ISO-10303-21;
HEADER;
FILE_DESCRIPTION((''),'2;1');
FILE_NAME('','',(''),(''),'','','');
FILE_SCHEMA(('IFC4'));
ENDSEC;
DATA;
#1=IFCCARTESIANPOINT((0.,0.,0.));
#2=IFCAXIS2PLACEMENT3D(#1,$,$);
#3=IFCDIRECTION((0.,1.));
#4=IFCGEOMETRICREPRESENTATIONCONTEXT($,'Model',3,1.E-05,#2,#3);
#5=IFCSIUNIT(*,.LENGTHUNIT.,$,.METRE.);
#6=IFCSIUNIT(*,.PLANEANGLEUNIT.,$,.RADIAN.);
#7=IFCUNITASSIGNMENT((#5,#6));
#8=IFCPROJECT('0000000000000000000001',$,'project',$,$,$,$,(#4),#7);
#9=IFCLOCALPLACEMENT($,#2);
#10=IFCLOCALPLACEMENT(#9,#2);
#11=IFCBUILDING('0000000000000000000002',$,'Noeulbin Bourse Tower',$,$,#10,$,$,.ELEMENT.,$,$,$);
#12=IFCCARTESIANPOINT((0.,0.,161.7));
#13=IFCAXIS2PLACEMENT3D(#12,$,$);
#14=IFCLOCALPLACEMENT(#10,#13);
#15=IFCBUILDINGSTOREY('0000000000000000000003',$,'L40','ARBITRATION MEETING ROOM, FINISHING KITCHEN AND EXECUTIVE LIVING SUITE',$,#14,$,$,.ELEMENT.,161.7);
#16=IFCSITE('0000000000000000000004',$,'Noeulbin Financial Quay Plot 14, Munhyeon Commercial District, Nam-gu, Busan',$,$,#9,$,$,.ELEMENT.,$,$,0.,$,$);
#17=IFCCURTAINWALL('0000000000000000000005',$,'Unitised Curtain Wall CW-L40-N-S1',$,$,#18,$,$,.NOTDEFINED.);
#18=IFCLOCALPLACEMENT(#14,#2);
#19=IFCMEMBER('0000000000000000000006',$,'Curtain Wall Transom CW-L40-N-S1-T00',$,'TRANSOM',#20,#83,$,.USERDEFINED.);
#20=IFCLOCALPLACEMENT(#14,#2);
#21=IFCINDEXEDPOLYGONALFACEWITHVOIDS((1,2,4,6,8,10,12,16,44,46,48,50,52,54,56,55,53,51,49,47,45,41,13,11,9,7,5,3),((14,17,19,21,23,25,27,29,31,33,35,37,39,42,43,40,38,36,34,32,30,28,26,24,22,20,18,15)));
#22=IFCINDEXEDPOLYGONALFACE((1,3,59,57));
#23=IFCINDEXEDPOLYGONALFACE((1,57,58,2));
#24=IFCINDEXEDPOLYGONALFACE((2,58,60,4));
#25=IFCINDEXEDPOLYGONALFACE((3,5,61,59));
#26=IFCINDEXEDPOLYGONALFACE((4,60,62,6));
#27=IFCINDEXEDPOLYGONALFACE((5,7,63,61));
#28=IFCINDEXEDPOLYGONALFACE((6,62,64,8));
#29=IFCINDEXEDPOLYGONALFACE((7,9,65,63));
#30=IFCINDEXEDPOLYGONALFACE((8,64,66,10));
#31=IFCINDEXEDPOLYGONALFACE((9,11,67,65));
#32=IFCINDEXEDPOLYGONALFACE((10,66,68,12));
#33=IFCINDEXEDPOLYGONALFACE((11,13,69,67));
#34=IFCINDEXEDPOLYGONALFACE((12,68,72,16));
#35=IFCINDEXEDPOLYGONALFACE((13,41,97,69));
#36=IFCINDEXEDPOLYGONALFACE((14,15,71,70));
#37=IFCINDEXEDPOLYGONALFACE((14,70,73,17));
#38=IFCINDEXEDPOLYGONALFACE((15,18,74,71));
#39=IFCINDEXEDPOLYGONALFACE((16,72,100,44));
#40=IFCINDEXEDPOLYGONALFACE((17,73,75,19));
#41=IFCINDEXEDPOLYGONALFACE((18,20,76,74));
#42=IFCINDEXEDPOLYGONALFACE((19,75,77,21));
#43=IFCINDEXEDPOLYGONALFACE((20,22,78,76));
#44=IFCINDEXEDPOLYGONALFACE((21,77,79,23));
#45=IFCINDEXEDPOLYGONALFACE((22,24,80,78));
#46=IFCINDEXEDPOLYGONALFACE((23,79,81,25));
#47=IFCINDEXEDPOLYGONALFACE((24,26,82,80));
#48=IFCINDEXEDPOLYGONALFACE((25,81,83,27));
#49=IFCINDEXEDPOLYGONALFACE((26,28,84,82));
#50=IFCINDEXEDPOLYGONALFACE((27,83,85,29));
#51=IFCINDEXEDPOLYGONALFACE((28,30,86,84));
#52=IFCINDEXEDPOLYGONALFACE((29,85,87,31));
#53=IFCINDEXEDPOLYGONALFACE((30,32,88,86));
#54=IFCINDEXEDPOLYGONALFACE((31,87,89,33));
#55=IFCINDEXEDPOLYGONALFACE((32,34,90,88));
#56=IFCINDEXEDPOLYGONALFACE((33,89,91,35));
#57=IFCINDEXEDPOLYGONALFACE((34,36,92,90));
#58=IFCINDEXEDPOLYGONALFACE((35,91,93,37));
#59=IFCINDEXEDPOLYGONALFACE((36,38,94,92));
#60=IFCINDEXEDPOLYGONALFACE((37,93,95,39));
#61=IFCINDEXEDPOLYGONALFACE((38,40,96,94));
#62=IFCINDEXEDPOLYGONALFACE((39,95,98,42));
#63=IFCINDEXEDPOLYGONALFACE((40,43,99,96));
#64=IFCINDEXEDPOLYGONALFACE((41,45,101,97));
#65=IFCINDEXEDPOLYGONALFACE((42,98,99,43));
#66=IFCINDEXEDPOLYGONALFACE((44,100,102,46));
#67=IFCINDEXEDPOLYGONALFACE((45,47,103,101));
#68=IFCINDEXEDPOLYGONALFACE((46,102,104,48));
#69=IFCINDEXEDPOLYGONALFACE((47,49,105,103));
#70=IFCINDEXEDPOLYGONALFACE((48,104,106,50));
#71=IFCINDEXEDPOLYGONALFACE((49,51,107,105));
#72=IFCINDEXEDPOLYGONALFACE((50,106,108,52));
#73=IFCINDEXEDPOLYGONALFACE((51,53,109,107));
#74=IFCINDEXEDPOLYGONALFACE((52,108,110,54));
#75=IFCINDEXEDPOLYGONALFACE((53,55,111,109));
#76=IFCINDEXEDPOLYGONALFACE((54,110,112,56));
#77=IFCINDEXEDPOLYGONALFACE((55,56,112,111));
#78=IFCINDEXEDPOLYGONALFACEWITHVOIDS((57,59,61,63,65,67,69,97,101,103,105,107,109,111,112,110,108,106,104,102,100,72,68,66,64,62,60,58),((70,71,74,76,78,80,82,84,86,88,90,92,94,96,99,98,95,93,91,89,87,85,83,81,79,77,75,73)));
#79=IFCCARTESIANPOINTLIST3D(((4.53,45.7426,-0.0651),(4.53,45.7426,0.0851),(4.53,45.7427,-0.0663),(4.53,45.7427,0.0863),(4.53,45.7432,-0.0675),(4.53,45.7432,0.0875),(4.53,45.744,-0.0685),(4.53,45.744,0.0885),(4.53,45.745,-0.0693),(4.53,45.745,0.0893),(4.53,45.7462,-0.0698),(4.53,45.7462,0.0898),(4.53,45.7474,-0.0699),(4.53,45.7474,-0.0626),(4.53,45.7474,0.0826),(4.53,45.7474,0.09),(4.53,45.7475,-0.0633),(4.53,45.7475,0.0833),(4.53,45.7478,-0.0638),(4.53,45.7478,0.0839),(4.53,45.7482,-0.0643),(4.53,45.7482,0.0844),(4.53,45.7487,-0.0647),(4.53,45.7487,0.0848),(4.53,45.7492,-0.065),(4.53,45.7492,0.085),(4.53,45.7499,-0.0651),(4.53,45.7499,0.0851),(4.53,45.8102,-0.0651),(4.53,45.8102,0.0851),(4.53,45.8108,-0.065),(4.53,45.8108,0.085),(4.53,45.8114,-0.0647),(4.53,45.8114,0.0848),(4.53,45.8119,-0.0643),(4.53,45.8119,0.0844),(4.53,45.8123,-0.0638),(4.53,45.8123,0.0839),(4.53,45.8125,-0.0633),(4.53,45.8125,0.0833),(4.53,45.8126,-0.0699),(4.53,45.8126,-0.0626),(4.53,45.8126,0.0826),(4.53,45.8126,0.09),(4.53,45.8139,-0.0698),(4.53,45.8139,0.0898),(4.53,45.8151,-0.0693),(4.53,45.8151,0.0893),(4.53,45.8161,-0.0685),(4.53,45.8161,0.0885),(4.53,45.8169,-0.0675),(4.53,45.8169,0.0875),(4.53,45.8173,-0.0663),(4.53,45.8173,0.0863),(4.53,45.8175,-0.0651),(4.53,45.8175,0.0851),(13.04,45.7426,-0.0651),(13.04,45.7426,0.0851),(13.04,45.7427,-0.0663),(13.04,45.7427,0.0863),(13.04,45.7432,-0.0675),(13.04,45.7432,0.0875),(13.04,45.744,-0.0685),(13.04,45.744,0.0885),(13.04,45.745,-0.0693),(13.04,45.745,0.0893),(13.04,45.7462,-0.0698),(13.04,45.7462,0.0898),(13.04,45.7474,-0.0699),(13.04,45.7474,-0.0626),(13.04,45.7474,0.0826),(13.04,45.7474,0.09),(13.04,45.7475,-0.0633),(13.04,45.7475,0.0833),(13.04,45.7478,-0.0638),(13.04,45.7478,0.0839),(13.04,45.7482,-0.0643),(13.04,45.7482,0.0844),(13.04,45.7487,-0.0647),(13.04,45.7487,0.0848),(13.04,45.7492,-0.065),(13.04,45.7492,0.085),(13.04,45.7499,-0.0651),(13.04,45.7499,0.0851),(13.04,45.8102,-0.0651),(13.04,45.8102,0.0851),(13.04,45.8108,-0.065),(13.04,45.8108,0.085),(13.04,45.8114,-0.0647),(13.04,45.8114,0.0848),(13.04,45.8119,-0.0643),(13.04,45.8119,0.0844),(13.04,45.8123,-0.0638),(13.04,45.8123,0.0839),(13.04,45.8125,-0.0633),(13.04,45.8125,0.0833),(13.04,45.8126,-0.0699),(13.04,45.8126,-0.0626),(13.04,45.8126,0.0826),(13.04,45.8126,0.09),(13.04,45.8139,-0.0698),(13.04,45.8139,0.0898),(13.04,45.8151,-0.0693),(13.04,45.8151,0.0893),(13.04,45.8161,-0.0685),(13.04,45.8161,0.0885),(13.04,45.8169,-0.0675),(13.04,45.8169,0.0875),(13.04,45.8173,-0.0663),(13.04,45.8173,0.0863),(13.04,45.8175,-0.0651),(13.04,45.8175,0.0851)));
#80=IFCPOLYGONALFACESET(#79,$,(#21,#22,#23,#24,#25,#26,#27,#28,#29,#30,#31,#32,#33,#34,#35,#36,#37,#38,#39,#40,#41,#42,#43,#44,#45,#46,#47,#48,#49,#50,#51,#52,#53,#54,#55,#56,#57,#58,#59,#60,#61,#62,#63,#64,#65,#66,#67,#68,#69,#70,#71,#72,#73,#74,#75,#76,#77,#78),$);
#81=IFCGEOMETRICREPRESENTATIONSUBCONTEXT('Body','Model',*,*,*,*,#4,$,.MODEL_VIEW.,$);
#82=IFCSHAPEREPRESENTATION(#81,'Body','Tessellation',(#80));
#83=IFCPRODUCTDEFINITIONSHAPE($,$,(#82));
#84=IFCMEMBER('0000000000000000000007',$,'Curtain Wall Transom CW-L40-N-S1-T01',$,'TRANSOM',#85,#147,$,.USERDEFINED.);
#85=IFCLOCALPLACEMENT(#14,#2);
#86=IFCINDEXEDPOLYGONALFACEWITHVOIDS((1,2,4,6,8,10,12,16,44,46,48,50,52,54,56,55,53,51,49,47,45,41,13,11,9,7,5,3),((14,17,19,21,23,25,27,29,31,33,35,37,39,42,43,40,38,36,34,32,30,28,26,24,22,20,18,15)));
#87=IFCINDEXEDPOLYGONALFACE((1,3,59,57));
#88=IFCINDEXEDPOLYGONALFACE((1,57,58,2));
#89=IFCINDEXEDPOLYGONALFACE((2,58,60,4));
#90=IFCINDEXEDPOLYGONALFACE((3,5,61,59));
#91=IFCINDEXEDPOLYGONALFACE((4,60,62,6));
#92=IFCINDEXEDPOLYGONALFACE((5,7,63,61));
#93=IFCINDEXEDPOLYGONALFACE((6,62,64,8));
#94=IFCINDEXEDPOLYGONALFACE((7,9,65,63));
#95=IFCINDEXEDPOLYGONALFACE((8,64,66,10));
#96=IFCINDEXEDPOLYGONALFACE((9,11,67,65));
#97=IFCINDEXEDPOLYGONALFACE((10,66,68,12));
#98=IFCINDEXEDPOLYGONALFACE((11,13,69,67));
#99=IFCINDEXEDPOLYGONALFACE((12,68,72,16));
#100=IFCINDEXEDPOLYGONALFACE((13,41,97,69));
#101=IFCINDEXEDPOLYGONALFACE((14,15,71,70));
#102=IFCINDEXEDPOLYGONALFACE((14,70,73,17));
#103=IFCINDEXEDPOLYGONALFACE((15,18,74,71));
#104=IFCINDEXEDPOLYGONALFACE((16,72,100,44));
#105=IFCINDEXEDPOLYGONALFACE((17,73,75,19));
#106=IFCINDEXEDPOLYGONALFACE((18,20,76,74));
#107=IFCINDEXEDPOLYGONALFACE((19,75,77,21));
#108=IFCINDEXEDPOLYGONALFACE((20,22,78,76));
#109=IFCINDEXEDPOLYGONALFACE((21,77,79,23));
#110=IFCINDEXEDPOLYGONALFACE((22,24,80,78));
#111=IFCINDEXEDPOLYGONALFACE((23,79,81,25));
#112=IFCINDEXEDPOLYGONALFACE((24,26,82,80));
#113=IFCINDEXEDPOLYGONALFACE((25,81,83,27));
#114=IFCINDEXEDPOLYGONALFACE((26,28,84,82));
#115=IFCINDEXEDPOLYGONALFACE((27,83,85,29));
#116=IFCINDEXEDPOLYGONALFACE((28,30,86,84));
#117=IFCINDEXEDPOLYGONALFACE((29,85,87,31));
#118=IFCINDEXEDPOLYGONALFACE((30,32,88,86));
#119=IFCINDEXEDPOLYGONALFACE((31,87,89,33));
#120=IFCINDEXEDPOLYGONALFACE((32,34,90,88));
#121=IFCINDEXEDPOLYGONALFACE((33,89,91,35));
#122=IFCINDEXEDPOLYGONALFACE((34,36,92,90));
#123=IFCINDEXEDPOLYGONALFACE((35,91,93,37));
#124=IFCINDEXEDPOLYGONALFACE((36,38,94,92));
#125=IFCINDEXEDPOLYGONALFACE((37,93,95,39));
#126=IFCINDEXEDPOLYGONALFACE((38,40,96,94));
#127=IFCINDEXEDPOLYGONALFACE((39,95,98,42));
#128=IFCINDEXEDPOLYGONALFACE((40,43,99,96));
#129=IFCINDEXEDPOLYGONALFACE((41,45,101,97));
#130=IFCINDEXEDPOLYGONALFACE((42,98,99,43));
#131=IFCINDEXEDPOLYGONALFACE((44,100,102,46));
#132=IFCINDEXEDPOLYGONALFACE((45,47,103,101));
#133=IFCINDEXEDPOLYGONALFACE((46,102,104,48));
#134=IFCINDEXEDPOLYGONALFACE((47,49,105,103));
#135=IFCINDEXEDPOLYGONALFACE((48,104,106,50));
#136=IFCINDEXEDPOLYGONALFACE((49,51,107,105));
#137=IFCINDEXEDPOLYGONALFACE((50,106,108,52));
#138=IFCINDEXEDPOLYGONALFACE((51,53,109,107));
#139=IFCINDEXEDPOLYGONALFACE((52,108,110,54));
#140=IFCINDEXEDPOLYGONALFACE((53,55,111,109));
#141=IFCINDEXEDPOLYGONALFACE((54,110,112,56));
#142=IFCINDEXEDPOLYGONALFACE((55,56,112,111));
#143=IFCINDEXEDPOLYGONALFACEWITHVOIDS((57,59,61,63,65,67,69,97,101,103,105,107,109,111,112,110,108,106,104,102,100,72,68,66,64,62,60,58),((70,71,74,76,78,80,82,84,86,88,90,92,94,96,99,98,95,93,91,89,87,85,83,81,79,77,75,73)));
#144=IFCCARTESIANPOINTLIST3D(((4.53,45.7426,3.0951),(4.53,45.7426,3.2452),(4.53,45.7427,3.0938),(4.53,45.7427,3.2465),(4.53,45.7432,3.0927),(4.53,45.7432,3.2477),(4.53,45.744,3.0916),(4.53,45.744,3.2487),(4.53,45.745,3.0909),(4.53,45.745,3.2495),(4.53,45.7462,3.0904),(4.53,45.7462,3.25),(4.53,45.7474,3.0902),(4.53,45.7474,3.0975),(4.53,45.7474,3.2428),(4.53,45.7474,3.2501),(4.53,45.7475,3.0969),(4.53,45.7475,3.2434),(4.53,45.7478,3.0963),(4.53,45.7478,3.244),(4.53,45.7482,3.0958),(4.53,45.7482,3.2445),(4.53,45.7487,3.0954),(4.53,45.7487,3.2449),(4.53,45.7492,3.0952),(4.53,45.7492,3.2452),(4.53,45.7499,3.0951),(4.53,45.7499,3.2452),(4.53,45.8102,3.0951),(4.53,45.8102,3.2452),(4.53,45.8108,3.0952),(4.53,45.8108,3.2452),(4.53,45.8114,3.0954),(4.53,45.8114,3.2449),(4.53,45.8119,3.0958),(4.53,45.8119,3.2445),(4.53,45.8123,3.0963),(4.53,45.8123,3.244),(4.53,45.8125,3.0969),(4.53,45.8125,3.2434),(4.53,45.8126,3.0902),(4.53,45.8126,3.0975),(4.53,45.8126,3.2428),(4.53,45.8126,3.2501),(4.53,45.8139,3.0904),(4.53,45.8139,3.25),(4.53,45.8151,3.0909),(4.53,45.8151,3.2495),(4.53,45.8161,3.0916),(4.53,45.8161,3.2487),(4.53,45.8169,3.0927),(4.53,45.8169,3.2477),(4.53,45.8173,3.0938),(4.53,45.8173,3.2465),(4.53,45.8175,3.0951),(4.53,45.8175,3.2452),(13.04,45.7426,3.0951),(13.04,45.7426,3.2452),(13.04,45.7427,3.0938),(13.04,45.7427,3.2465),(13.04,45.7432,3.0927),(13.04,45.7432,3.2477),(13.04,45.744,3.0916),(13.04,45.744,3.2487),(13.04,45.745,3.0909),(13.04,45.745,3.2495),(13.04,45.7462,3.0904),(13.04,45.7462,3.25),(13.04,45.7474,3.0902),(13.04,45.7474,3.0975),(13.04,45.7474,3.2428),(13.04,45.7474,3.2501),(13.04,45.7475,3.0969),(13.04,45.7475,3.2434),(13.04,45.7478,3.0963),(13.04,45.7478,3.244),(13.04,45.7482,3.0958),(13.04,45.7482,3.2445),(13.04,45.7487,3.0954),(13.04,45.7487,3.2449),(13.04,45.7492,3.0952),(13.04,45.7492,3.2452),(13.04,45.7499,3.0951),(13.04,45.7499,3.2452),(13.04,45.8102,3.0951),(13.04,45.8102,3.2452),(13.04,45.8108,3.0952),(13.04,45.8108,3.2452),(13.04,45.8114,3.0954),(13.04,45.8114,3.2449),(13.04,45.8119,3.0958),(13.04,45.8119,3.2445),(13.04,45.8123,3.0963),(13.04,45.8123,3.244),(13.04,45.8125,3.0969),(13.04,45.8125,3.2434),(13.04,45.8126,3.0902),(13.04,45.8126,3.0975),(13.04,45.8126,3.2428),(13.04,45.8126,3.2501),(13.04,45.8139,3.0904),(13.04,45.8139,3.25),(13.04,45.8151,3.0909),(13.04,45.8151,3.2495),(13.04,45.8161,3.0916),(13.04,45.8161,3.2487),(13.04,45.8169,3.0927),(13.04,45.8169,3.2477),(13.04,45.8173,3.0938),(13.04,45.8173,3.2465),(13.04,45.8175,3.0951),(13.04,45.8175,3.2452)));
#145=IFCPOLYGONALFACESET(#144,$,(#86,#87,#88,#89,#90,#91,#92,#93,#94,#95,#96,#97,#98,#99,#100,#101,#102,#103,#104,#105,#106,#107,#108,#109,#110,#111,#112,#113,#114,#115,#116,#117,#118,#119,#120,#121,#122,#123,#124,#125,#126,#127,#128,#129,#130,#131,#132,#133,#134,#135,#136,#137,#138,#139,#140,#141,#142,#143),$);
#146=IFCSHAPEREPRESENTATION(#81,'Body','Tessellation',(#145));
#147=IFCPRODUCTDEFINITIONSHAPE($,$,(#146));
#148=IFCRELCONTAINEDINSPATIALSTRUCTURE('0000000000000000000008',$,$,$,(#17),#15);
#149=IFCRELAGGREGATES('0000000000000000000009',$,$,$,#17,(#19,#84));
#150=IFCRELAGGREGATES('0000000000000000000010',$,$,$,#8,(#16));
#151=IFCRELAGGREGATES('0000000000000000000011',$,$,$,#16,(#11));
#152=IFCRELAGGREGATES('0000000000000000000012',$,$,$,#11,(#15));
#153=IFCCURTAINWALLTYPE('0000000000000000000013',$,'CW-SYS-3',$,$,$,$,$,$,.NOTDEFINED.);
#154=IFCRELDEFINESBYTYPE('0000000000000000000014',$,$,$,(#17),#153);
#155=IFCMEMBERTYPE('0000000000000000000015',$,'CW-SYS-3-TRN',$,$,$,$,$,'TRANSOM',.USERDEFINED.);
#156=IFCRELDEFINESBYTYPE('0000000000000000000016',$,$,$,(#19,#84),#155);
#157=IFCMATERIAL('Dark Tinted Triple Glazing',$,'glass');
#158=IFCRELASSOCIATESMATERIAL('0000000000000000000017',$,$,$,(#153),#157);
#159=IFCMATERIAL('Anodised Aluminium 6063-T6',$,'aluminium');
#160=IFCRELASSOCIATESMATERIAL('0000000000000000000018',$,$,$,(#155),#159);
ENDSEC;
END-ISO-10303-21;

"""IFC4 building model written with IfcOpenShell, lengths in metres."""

from ifc_helpers import new_model, si_unit, direction, frame, origin, origin_2d, place, context, subcontext, project, spatial, hollow_rectangle, extrude, material, material_profile, profile_set, type_object, element, aggregate, save


model = new_model("IFC4")

# Units and contexts
model_context = context("Model", 3, precision=1e-05, world=origin(), true_north=direction((0.0, 1.0)))
body_context = subcontext(model_context, "Body", "Model", "MODEL_VIEW")
ifc_project = project(units=[si_unit("LENGTHUNIT", "METRE"), si_unit("PLANEANGLEUNIT", "RADIAN")], contexts=[model_context])

# Site, building, storey
site_placement = place(None, origin())
site = spatial("IfcSite", under=ifc_project, at=site_placement, Name="Noeulbin Financial Quay Plot 14, Munhyeon Commercial District, Nam-gu, Busan", CompositionType="ELEMENT", RefElevation=0.0)
building_placement = place(site_placement, origin())
building = spatial("IfcBuilding", under=site, at=building_placement, Name="Noeulbin Bourse Tower", CompositionType="ELEMENT")
storey_placement = place(building_placement, frame((0.0, 0.0, 161.7)))
storey = spatial("IfcBuildingStorey", under=building, at=storey_placement, Name="L40", Description="ARBITRATION MEETING ROOM, FINISHING KITCHEN AND EXECUTIVE LIVING SUITE", CompositionType="ELEMENT", Elevation=161.7)

# Curtain wall
ifc_material_1 = material(Name="Dark Tinted Triple Glazing", Category="glass")
curtain_wall_type = type_object("IfcCurtainWallType", Name="CW-SYS-3", PredefinedType="NOTDEFINED", material=ifc_material_1)
curtain_wall_1_placement = place(storey_placement, origin())
curtain_wall_1 = element("IfcCurtainWall", 1, at=curtain_wall_1_placement, inside=storey, type_object=curtain_wall_type, Name="Unitised Curtain Wall CW-L40-N-S1", PredefinedType="NOTDEFINED")
ifc_material_2 = material(Name="Anodised Aluminium 6063-T6", Category="aluminium")

# Members
ifc_material_profile_1 = material_profile(ifc_material_2, hollow_rectangle(XDim=0.075, YDim=0.1599, WallThickness=0.0049, InnerFilletRadius=0.0024, OuterFilletRadius=0.0049, at=origin_2d()), Name="ALU-TRAN-75x160x5", Category="LoadBearing")
ifc_profile_set_1 = profile_set([ifc_material_profile_1], Name="Anodised Aluminium 6063-T6")
member_type_1 = type_object("IfcMemberType", Name="CW-SYS-3-TRN", ElementType="TRANSOM", PredefinedType="USERDEFINED", material=ifc_profile_set_1)
member_1_placement = place(storey_placement, frame((4.53, 45.78, 0.01), z_axis=(1.0, 0.0, 0.0), x_axis=(0.0, 1.0, 0.0)))
member_1 = element("IfcMember", 2, at=member_1_placement, type_object=member_type_1, Name="Curtain Wall Transom CW-L40-N-S1-T00", ObjectType="TRANSOM", PredefinedType="USERDEFINED", context=body_context, shape_type="SweptSolid", body=[
    extrude(hollow_rectangle(XDim=0.075, YDim=0.1599, WallThickness=0.0049, InnerFilletRadius=0.0024, OuterFilletRadius=0.0049, at=origin_2d()), origin(), (0.0, 0.0, 1.0), 8.51),
])
member_2_placement = place(storey_placement, frame((4.53, 45.78, 3.1702), z_axis=(1.0, 0.0, 0.0), x_axis=(0.0, 1.0, 0.0)))
member_2 = element("IfcMember", 3, at=member_2_placement, type_object=member_type_1, Name="Curtain Wall Transom CW-L40-N-S1-T01", ObjectType="TRANSOM", PredefinedType="USERDEFINED", context=body_context, shape_type="SweptSolid", body=[
    extrude(hollow_rectangle(XDim=0.075, YDim=0.1599, WallThickness=0.0049, InnerFilletRadius=0.0024, OuterFilletRadius=0.0049, at=origin_2d()), origin(), (0.0, 0.0, 1.0), 8.51),
])

aggregate(curtain_wall_1, [member_1, member_2])

save(model, "model.ifc")
